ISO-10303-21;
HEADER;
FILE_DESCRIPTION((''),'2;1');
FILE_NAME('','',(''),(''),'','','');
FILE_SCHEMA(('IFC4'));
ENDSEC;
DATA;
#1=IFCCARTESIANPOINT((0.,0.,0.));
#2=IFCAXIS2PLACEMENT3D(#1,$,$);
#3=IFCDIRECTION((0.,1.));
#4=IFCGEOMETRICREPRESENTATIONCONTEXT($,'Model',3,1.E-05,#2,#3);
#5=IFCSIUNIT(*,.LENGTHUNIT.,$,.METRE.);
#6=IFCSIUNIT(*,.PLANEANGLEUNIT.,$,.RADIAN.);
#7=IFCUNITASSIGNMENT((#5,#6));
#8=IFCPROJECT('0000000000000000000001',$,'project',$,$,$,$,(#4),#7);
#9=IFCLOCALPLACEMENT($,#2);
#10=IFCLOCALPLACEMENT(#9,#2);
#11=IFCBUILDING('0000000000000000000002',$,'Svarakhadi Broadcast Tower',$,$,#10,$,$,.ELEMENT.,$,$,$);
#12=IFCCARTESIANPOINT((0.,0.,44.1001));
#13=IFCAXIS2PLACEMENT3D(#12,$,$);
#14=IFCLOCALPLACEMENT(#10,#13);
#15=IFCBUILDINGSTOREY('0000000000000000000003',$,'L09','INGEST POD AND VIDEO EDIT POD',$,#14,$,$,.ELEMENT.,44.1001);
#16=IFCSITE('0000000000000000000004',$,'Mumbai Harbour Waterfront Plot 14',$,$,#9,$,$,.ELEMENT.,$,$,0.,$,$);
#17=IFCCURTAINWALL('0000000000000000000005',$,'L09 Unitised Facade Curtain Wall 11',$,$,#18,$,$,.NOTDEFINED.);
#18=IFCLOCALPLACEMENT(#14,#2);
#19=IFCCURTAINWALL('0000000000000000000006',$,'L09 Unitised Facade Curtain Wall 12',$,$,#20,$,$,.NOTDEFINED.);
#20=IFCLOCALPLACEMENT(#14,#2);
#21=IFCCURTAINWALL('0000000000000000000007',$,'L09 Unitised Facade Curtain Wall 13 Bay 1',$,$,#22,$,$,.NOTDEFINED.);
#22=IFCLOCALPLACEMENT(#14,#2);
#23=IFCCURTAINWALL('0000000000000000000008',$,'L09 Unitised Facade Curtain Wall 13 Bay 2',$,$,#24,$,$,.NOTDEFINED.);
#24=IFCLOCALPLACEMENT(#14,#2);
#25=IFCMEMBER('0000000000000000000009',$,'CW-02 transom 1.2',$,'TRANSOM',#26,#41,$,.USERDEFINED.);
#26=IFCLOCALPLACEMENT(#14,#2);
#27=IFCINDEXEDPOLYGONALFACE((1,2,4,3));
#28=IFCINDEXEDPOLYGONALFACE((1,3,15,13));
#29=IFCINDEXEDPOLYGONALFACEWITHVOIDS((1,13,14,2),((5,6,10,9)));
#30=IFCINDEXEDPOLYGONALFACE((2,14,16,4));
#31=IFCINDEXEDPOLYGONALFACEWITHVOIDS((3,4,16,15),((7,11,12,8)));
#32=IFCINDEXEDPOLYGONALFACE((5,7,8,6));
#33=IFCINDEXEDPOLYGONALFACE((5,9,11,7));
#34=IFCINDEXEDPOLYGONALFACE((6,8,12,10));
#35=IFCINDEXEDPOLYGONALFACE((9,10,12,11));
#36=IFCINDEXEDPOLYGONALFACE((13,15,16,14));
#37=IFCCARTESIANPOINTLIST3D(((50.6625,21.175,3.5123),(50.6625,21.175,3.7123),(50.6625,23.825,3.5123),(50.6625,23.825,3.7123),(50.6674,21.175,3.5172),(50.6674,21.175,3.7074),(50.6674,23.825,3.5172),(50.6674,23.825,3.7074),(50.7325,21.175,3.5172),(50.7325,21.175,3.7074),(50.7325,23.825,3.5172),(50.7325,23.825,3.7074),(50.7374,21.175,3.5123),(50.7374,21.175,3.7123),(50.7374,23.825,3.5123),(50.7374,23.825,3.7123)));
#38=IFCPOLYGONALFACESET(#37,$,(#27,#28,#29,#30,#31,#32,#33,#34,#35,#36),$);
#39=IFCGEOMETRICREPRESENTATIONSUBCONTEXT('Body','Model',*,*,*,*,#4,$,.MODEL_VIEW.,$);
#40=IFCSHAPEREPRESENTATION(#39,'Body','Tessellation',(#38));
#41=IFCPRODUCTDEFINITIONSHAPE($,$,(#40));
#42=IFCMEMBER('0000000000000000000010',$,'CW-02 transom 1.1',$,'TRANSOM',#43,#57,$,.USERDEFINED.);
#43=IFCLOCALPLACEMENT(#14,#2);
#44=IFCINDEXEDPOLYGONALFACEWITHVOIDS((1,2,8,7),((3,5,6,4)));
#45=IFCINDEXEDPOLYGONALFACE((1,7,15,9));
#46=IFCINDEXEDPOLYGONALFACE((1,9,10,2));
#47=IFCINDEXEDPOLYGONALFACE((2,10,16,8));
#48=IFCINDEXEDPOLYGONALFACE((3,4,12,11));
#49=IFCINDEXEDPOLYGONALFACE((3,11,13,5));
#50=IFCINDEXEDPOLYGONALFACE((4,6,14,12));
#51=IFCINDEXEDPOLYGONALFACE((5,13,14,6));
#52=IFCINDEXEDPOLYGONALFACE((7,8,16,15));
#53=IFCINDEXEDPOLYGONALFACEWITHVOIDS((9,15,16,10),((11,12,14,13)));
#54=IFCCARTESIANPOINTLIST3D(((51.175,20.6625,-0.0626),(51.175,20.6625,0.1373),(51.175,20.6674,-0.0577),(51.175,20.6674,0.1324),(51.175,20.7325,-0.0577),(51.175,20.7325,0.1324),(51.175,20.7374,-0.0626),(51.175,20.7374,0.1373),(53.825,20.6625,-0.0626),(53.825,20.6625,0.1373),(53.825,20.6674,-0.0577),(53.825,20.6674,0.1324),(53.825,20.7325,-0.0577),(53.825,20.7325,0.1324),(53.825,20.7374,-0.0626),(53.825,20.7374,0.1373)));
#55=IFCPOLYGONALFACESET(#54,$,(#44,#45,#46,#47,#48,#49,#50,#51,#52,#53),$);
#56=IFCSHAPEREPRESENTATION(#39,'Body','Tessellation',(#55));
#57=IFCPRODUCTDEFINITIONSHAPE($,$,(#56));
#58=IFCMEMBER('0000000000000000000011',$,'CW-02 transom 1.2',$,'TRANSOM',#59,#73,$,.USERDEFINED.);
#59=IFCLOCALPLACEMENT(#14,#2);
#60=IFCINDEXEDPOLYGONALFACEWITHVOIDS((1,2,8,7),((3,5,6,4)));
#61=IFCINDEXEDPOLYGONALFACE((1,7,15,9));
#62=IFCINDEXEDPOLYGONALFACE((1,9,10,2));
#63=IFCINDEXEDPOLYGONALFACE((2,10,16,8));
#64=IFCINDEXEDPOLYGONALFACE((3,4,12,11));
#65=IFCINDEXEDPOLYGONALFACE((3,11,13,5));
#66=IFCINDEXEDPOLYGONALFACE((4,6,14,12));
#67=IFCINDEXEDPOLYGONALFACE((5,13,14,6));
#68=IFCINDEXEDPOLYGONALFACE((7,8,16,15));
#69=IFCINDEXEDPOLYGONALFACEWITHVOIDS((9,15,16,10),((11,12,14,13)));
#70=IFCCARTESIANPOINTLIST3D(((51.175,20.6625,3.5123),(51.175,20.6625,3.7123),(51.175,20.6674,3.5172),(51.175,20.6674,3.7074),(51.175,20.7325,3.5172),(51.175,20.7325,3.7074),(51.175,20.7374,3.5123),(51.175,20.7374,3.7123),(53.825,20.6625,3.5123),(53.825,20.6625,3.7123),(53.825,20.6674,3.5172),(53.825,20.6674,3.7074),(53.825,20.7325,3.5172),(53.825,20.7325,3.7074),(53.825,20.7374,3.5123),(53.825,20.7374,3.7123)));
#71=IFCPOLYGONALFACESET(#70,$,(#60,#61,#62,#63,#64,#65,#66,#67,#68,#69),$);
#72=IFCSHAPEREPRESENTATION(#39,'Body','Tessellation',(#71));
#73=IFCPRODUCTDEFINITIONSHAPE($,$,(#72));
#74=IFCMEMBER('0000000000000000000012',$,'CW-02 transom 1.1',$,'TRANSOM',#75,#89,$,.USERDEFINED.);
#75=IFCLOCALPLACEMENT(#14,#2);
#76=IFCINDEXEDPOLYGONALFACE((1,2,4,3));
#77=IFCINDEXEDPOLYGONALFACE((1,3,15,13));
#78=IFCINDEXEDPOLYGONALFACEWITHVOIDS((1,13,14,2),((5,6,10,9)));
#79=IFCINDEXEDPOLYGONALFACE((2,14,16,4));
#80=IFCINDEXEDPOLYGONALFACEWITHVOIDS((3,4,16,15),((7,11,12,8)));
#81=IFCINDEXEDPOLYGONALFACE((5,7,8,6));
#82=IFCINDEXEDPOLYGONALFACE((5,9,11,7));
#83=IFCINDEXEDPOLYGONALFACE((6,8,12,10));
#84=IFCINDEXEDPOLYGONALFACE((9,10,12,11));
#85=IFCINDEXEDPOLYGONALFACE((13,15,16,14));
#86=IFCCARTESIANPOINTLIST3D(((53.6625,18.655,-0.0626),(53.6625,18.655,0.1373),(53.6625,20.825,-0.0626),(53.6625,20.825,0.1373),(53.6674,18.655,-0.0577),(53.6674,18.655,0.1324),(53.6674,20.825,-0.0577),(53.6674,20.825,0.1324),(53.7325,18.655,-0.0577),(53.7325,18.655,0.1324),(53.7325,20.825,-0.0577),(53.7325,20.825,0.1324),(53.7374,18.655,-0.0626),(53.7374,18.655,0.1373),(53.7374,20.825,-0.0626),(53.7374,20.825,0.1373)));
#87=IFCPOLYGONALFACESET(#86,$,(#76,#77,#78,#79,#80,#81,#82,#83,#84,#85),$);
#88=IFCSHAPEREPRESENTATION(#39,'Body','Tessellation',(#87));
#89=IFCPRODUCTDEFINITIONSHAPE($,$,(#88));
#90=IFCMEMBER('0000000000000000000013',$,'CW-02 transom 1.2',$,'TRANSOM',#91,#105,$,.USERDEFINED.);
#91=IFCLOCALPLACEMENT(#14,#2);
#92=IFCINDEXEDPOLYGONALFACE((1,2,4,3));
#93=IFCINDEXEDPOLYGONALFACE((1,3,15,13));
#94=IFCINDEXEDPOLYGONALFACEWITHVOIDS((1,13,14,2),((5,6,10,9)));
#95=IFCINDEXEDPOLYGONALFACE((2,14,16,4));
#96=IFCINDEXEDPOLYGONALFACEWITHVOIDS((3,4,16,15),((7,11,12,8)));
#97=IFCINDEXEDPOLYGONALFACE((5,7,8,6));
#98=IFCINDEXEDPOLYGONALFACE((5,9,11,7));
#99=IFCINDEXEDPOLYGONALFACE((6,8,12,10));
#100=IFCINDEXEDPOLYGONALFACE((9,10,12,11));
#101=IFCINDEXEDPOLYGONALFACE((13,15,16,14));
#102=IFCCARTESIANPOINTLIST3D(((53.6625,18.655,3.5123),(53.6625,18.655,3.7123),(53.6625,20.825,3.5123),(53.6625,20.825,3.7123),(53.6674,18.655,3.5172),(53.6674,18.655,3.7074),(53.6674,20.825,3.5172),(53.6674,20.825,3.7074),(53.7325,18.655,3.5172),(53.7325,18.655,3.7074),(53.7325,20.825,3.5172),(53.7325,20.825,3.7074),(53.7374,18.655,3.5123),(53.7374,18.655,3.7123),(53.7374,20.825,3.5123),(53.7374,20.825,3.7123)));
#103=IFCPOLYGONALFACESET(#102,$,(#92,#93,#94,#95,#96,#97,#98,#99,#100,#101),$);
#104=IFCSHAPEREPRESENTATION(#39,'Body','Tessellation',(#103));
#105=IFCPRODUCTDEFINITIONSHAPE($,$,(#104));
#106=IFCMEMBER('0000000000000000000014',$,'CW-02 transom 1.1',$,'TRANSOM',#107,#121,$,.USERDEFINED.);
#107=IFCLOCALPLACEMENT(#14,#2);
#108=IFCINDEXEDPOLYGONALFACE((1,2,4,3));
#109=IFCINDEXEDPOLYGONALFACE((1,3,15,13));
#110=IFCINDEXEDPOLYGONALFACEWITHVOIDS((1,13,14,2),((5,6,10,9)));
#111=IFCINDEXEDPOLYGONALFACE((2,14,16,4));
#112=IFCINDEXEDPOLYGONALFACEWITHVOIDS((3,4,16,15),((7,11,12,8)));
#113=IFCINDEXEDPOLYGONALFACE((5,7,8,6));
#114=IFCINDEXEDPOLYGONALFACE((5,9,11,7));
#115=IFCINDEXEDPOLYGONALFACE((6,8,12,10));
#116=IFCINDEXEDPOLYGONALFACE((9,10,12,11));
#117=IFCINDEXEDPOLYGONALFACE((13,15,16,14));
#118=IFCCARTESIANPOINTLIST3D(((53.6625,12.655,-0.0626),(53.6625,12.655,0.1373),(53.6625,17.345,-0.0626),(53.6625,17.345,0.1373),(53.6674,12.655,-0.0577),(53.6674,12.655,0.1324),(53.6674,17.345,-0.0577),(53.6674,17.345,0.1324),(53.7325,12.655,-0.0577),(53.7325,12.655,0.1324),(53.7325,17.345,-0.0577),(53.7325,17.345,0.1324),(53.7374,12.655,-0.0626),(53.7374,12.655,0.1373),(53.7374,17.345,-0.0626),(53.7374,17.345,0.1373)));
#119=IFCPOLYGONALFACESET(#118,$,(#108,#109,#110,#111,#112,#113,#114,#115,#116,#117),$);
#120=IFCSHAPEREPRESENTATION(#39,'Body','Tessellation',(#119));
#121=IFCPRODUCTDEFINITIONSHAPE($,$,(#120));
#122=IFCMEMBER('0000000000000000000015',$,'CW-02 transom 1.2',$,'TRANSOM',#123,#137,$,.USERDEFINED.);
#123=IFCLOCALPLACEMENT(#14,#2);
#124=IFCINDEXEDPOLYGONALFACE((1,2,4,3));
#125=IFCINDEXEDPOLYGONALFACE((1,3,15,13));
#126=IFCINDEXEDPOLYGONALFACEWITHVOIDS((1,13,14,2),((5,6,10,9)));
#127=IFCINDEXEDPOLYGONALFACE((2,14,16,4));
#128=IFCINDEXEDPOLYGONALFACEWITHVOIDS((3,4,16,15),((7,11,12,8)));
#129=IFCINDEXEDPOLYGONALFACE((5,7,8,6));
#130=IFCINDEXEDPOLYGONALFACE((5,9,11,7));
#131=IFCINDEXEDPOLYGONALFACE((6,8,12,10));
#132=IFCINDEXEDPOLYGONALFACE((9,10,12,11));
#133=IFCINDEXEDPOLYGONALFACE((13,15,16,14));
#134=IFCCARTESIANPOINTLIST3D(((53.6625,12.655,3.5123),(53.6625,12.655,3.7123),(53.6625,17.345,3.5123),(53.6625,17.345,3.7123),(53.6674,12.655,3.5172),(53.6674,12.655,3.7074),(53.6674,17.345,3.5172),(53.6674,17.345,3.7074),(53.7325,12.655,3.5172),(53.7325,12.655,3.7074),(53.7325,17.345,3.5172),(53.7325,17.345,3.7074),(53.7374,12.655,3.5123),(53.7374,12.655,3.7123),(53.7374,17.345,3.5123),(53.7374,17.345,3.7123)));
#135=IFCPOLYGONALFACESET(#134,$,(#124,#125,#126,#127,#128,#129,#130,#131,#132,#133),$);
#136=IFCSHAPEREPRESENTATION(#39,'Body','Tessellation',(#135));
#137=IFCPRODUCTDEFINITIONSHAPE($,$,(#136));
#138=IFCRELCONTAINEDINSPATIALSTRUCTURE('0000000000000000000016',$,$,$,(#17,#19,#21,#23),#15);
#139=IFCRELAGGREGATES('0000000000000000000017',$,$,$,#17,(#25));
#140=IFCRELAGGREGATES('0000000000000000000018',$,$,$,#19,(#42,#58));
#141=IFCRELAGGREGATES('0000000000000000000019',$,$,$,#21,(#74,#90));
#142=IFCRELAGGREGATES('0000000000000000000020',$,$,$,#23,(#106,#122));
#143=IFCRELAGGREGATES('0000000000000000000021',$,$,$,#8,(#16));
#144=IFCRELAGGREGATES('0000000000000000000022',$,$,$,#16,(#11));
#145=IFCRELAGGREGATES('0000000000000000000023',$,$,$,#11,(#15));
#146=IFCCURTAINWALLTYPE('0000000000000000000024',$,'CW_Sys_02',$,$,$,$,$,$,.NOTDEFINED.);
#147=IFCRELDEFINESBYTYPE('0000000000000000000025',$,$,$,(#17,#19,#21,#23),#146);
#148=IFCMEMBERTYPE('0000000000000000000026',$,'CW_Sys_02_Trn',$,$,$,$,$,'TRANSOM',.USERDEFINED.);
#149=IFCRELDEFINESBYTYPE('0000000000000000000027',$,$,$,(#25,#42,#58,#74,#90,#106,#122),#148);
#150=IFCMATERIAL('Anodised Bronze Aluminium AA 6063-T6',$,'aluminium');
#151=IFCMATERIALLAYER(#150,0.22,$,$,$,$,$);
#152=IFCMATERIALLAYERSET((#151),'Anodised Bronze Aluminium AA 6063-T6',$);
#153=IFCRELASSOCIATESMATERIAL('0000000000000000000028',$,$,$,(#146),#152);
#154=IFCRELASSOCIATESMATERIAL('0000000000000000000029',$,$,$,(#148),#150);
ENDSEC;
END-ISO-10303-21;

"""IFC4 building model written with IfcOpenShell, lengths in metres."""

from ifc_helpers import new_model, si_unit, direction, frame, origin, origin_2d, place, context, subcontext, project, spatial, hollow_rectangle, extrude, material, layer, layer_set, material_profile, profile_set, type_object, element, aggregate, save


model = new_model("IFC4")

# Units and contexts
model_context = context("Model", 3, precision=1e-05, world=origin(), true_north=direction((0.0, 1.0)))
body_context = subcontext(model_context, "Body", "Model", "MODEL_VIEW")
ifc_project = project(units=[si_unit("LENGTHUNIT", "METRE"), si_unit("PLANEANGLEUNIT", "RADIAN")], contexts=[model_context])

# Site, building, storey
site_placement = place(None, origin())
site = spatial("IfcSite", under=ifc_project, at=site_placement, Name="Mumbai Harbour Waterfront Plot 14", CompositionType="ELEMENT", RefElevation=0.0)
building_placement = place(site_placement, origin())
building = spatial("IfcBuilding", under=site, at=building_placement, Name="Svarakhadi Broadcast Tower", CompositionType="ELEMENT")
storey_placement = place(building_placement, frame((0.0, 0.0, 44.1001)))
storey = spatial("IfcBuildingStorey", under=building, at=storey_placement, Name="L09", Description="INGEST POD AND VIDEO EDIT POD", CompositionType="ELEMENT", Elevation=44.1001)

# Curtain wall
ifc_material_1 = material(Name="Anodised Bronze Aluminium AA 6063-T6", Category="aluminium")
ifc_layer_1 = layer(ifc_material_1, 0.22)
ifc_layer_set_1 = layer_set([ifc_layer_1], Name="Anodised Bronze Aluminium AA 6063-T6")
curtain_wall_type = type_object("IfcCurtainWallType", Name="CW_Sys_02", PredefinedType="NOTDEFINED", material=ifc_layer_set_1)
curtain_wall_1_placement = place(storey_placement, origin())
curtain_wall_1 = element("IfcCurtainWall", 1, at=curtain_wall_1_placement, inside=storey, type_object=curtain_wall_type, Name="L09 Unitised Facade Curtain Wall 11", PredefinedType="NOTDEFINED")

# Curtain walls
curtain_wall_2_placement = place(storey_placement, origin())
curtain_wall_2 = element("IfcCurtainWall", 2, at=curtain_wall_2_placement, inside=storey, type_object=curtain_wall_type, Name="L09 Unitised Facade Curtain Wall 12", PredefinedType="NOTDEFINED")
curtain_wall_3_placement = place(storey_placement, origin())
curtain_wall_3 = element("IfcCurtainWall", 3, at=curtain_wall_3_placement, inside=storey, type_object=curtain_wall_type, Name="L09 Unitised Facade Curtain Wall 13 Bay 1", PredefinedType="NOTDEFINED")
curtain_wall_4_placement = place(storey_placement, origin())
curtain_wall_4 = element("IfcCurtainWall", 4, at=curtain_wall_4_placement, inside=storey, type_object=curtain_wall_type, Name="L09 Unitised Facade Curtain Wall 13 Bay 2", PredefinedType="NOTDEFINED")

# Members
ifc_material_profile_1 = material_profile(ifc_material_1, hollow_rectangle(XDim=0.075, YDim=0.2, WallThickness=0.0049, at=origin_2d()), Name="ALU TRANSOM 200x75x5")
ifc_profile_set_1 = profile_set([ifc_material_profile_1], Name="Anodised Bronze Aluminium AA 6063-T6")
member_type_1 = type_object("IfcMemberType", Name="CW_Sys_02_Trn", ElementType="TRANSOM", PredefinedType="USERDEFINED", material=ifc_profile_set_1)
member_1_placement = place(storey_placement, frame((50.7, 23.825, 3.6123), z_axis=(0.0, -1.0, 0.0), x_axis=(1.0, 0.0, 0.0)))
member_1 = element("IfcMember", 5, at=member_1_placement, type_object=member_type_1, Name="CW-02 transom 1.2", ObjectType="TRANSOM", PredefinedType="USERDEFINED", context=body_context, shape_type="SweptSolid", body=[
    extrude(hollow_rectangle(XDim=0.075, YDim=0.2, WallThickness=0.0049, at=origin_2d()), origin(), (0.0, 0.0, 1.0), 2.6499),
])
member_2_placement = place(storey_placement, frame((51.175, 20.7, 0.0374), z_axis=(1.0, 0.0, 0.0), x_axis=(0.0, 1.0, 0.0)))
member_2 = element("IfcMember", 6, at=member_2_placement, type_object=member_type_1, Name="CW-02 transom 1.1", ObjectType="TRANSOM", PredefinedType="USERDEFINED", context=body_context, shape_type="SweptSolid", body=[
    extrude(hollow_rectangle(XDim=0.075, YDim=0.2, WallThickness=0.0049, at=origin_2d()), origin(), (0.0, 0.0, 1.0), 2.6499),
])
member_3_placement = place(storey_placement, frame((51.175, 20.7, 3.6123), z_axis=(1.0, 0.0, 0.0), x_axis=(0.0, 1.0, 0.0)))
member_3 = element("IfcMember", 7, at=member_3_placement, type_object=member_type_1, Name="CW-02 transom 1.2", ObjectType="TRANSOM", PredefinedType="USERDEFINED", context=body_context, shape_type="SweptSolid", body=[
    extrude(hollow_rectangle(XDim=0.075, YDim=0.2, WallThickness=0.0049, at=origin_2d()), origin(), (0.0, 0.0, 1.0), 2.6499),
])
member_4_placement = place(storey_placement, frame((53.7, 20.825, 0.0374), z_axis=(0.0, -1.0, 0.0), x_axis=(1.0, 0.0, 0.0)))
member_4 = element("IfcMember", 8, at=member_4_placement, type_object=member_type_1, Name="CW-02 transom 1.1", ObjectType="TRANSOM", PredefinedType="USERDEFINED", context=body_context, shape_type="SweptSolid", body=[
    extrude(hollow_rectangle(XDim=0.075, YDim=0.2, WallThickness=0.0049, at=origin_2d()), origin(), (0.0, 0.0, 1.0), 2.1699),
])
member_5_placement = place(storey_placement, frame((53.7, 20.825, 3.6123), z_axis=(0.0, -1.0, 0.0), x_axis=(1.0, 0.0, 0.0)))
member_5 = element("IfcMember", 9, at=member_5_placement, type_object=member_type_1, Name="CW-02 transom 1.2", ObjectType="TRANSOM", PredefinedType="USERDEFINED", context=body_context, shape_type="SweptSolid", body=[
    extrude(hollow_rectangle(XDim=0.075, YDim=0.2, WallThickness=0.0049, at=origin_2d()), origin(), (0.0, 0.0, 1.0), 2.1699),
])
member_6_placement = place(storey_placement, frame((53.7, 17.345, 0.0374), z_axis=(0.0, -1.0, 0.0), x_axis=(1.0, 0.0, 0.0)))
member_6 = element("IfcMember", 10, at=member_6_placement, type_object=member_type_1, Name="CW-02 transom 1.1", ObjectType="TRANSOM", PredefinedType="USERDEFINED", context=body_context, shape_type="SweptSolid", body=[
    extrude(hollow_rectangle(XDim=0.075, YDim=0.2, WallThickness=0.0049, at=origin_2d()), origin(), (0.0, 0.0, 1.0), 4.6899),
])
member_7_placement = place(storey_placement, frame((53.7, 17.345, 3.6123), z_axis=(0.0, -1.0, 0.0), x_axis=(1.0, 0.0, 0.0)))
member_7 = element("IfcMember", 11, at=member_7_placement, type_object=member_type_1, Name="CW-02 transom 1.2", ObjectType="TRANSOM", PredefinedType="USERDEFINED", context=body_context, shape_type="SweptSolid", body=[
    extrude(hollow_rectangle(XDim=0.075, YDim=0.2, WallThickness=0.0049, at=origin_2d()), origin(), (0.0, 0.0, 1.0), 4.6899),
])

aggregate(curtain_wall_1, [member_1])
aggregate(curtain_wall_2, [member_2, member_3])
aggregate(curtain_wall_3, [member_4, member_5])
aggregate(curtain_wall_4, [member_6, member_7])

save(model, "model.ifc")
